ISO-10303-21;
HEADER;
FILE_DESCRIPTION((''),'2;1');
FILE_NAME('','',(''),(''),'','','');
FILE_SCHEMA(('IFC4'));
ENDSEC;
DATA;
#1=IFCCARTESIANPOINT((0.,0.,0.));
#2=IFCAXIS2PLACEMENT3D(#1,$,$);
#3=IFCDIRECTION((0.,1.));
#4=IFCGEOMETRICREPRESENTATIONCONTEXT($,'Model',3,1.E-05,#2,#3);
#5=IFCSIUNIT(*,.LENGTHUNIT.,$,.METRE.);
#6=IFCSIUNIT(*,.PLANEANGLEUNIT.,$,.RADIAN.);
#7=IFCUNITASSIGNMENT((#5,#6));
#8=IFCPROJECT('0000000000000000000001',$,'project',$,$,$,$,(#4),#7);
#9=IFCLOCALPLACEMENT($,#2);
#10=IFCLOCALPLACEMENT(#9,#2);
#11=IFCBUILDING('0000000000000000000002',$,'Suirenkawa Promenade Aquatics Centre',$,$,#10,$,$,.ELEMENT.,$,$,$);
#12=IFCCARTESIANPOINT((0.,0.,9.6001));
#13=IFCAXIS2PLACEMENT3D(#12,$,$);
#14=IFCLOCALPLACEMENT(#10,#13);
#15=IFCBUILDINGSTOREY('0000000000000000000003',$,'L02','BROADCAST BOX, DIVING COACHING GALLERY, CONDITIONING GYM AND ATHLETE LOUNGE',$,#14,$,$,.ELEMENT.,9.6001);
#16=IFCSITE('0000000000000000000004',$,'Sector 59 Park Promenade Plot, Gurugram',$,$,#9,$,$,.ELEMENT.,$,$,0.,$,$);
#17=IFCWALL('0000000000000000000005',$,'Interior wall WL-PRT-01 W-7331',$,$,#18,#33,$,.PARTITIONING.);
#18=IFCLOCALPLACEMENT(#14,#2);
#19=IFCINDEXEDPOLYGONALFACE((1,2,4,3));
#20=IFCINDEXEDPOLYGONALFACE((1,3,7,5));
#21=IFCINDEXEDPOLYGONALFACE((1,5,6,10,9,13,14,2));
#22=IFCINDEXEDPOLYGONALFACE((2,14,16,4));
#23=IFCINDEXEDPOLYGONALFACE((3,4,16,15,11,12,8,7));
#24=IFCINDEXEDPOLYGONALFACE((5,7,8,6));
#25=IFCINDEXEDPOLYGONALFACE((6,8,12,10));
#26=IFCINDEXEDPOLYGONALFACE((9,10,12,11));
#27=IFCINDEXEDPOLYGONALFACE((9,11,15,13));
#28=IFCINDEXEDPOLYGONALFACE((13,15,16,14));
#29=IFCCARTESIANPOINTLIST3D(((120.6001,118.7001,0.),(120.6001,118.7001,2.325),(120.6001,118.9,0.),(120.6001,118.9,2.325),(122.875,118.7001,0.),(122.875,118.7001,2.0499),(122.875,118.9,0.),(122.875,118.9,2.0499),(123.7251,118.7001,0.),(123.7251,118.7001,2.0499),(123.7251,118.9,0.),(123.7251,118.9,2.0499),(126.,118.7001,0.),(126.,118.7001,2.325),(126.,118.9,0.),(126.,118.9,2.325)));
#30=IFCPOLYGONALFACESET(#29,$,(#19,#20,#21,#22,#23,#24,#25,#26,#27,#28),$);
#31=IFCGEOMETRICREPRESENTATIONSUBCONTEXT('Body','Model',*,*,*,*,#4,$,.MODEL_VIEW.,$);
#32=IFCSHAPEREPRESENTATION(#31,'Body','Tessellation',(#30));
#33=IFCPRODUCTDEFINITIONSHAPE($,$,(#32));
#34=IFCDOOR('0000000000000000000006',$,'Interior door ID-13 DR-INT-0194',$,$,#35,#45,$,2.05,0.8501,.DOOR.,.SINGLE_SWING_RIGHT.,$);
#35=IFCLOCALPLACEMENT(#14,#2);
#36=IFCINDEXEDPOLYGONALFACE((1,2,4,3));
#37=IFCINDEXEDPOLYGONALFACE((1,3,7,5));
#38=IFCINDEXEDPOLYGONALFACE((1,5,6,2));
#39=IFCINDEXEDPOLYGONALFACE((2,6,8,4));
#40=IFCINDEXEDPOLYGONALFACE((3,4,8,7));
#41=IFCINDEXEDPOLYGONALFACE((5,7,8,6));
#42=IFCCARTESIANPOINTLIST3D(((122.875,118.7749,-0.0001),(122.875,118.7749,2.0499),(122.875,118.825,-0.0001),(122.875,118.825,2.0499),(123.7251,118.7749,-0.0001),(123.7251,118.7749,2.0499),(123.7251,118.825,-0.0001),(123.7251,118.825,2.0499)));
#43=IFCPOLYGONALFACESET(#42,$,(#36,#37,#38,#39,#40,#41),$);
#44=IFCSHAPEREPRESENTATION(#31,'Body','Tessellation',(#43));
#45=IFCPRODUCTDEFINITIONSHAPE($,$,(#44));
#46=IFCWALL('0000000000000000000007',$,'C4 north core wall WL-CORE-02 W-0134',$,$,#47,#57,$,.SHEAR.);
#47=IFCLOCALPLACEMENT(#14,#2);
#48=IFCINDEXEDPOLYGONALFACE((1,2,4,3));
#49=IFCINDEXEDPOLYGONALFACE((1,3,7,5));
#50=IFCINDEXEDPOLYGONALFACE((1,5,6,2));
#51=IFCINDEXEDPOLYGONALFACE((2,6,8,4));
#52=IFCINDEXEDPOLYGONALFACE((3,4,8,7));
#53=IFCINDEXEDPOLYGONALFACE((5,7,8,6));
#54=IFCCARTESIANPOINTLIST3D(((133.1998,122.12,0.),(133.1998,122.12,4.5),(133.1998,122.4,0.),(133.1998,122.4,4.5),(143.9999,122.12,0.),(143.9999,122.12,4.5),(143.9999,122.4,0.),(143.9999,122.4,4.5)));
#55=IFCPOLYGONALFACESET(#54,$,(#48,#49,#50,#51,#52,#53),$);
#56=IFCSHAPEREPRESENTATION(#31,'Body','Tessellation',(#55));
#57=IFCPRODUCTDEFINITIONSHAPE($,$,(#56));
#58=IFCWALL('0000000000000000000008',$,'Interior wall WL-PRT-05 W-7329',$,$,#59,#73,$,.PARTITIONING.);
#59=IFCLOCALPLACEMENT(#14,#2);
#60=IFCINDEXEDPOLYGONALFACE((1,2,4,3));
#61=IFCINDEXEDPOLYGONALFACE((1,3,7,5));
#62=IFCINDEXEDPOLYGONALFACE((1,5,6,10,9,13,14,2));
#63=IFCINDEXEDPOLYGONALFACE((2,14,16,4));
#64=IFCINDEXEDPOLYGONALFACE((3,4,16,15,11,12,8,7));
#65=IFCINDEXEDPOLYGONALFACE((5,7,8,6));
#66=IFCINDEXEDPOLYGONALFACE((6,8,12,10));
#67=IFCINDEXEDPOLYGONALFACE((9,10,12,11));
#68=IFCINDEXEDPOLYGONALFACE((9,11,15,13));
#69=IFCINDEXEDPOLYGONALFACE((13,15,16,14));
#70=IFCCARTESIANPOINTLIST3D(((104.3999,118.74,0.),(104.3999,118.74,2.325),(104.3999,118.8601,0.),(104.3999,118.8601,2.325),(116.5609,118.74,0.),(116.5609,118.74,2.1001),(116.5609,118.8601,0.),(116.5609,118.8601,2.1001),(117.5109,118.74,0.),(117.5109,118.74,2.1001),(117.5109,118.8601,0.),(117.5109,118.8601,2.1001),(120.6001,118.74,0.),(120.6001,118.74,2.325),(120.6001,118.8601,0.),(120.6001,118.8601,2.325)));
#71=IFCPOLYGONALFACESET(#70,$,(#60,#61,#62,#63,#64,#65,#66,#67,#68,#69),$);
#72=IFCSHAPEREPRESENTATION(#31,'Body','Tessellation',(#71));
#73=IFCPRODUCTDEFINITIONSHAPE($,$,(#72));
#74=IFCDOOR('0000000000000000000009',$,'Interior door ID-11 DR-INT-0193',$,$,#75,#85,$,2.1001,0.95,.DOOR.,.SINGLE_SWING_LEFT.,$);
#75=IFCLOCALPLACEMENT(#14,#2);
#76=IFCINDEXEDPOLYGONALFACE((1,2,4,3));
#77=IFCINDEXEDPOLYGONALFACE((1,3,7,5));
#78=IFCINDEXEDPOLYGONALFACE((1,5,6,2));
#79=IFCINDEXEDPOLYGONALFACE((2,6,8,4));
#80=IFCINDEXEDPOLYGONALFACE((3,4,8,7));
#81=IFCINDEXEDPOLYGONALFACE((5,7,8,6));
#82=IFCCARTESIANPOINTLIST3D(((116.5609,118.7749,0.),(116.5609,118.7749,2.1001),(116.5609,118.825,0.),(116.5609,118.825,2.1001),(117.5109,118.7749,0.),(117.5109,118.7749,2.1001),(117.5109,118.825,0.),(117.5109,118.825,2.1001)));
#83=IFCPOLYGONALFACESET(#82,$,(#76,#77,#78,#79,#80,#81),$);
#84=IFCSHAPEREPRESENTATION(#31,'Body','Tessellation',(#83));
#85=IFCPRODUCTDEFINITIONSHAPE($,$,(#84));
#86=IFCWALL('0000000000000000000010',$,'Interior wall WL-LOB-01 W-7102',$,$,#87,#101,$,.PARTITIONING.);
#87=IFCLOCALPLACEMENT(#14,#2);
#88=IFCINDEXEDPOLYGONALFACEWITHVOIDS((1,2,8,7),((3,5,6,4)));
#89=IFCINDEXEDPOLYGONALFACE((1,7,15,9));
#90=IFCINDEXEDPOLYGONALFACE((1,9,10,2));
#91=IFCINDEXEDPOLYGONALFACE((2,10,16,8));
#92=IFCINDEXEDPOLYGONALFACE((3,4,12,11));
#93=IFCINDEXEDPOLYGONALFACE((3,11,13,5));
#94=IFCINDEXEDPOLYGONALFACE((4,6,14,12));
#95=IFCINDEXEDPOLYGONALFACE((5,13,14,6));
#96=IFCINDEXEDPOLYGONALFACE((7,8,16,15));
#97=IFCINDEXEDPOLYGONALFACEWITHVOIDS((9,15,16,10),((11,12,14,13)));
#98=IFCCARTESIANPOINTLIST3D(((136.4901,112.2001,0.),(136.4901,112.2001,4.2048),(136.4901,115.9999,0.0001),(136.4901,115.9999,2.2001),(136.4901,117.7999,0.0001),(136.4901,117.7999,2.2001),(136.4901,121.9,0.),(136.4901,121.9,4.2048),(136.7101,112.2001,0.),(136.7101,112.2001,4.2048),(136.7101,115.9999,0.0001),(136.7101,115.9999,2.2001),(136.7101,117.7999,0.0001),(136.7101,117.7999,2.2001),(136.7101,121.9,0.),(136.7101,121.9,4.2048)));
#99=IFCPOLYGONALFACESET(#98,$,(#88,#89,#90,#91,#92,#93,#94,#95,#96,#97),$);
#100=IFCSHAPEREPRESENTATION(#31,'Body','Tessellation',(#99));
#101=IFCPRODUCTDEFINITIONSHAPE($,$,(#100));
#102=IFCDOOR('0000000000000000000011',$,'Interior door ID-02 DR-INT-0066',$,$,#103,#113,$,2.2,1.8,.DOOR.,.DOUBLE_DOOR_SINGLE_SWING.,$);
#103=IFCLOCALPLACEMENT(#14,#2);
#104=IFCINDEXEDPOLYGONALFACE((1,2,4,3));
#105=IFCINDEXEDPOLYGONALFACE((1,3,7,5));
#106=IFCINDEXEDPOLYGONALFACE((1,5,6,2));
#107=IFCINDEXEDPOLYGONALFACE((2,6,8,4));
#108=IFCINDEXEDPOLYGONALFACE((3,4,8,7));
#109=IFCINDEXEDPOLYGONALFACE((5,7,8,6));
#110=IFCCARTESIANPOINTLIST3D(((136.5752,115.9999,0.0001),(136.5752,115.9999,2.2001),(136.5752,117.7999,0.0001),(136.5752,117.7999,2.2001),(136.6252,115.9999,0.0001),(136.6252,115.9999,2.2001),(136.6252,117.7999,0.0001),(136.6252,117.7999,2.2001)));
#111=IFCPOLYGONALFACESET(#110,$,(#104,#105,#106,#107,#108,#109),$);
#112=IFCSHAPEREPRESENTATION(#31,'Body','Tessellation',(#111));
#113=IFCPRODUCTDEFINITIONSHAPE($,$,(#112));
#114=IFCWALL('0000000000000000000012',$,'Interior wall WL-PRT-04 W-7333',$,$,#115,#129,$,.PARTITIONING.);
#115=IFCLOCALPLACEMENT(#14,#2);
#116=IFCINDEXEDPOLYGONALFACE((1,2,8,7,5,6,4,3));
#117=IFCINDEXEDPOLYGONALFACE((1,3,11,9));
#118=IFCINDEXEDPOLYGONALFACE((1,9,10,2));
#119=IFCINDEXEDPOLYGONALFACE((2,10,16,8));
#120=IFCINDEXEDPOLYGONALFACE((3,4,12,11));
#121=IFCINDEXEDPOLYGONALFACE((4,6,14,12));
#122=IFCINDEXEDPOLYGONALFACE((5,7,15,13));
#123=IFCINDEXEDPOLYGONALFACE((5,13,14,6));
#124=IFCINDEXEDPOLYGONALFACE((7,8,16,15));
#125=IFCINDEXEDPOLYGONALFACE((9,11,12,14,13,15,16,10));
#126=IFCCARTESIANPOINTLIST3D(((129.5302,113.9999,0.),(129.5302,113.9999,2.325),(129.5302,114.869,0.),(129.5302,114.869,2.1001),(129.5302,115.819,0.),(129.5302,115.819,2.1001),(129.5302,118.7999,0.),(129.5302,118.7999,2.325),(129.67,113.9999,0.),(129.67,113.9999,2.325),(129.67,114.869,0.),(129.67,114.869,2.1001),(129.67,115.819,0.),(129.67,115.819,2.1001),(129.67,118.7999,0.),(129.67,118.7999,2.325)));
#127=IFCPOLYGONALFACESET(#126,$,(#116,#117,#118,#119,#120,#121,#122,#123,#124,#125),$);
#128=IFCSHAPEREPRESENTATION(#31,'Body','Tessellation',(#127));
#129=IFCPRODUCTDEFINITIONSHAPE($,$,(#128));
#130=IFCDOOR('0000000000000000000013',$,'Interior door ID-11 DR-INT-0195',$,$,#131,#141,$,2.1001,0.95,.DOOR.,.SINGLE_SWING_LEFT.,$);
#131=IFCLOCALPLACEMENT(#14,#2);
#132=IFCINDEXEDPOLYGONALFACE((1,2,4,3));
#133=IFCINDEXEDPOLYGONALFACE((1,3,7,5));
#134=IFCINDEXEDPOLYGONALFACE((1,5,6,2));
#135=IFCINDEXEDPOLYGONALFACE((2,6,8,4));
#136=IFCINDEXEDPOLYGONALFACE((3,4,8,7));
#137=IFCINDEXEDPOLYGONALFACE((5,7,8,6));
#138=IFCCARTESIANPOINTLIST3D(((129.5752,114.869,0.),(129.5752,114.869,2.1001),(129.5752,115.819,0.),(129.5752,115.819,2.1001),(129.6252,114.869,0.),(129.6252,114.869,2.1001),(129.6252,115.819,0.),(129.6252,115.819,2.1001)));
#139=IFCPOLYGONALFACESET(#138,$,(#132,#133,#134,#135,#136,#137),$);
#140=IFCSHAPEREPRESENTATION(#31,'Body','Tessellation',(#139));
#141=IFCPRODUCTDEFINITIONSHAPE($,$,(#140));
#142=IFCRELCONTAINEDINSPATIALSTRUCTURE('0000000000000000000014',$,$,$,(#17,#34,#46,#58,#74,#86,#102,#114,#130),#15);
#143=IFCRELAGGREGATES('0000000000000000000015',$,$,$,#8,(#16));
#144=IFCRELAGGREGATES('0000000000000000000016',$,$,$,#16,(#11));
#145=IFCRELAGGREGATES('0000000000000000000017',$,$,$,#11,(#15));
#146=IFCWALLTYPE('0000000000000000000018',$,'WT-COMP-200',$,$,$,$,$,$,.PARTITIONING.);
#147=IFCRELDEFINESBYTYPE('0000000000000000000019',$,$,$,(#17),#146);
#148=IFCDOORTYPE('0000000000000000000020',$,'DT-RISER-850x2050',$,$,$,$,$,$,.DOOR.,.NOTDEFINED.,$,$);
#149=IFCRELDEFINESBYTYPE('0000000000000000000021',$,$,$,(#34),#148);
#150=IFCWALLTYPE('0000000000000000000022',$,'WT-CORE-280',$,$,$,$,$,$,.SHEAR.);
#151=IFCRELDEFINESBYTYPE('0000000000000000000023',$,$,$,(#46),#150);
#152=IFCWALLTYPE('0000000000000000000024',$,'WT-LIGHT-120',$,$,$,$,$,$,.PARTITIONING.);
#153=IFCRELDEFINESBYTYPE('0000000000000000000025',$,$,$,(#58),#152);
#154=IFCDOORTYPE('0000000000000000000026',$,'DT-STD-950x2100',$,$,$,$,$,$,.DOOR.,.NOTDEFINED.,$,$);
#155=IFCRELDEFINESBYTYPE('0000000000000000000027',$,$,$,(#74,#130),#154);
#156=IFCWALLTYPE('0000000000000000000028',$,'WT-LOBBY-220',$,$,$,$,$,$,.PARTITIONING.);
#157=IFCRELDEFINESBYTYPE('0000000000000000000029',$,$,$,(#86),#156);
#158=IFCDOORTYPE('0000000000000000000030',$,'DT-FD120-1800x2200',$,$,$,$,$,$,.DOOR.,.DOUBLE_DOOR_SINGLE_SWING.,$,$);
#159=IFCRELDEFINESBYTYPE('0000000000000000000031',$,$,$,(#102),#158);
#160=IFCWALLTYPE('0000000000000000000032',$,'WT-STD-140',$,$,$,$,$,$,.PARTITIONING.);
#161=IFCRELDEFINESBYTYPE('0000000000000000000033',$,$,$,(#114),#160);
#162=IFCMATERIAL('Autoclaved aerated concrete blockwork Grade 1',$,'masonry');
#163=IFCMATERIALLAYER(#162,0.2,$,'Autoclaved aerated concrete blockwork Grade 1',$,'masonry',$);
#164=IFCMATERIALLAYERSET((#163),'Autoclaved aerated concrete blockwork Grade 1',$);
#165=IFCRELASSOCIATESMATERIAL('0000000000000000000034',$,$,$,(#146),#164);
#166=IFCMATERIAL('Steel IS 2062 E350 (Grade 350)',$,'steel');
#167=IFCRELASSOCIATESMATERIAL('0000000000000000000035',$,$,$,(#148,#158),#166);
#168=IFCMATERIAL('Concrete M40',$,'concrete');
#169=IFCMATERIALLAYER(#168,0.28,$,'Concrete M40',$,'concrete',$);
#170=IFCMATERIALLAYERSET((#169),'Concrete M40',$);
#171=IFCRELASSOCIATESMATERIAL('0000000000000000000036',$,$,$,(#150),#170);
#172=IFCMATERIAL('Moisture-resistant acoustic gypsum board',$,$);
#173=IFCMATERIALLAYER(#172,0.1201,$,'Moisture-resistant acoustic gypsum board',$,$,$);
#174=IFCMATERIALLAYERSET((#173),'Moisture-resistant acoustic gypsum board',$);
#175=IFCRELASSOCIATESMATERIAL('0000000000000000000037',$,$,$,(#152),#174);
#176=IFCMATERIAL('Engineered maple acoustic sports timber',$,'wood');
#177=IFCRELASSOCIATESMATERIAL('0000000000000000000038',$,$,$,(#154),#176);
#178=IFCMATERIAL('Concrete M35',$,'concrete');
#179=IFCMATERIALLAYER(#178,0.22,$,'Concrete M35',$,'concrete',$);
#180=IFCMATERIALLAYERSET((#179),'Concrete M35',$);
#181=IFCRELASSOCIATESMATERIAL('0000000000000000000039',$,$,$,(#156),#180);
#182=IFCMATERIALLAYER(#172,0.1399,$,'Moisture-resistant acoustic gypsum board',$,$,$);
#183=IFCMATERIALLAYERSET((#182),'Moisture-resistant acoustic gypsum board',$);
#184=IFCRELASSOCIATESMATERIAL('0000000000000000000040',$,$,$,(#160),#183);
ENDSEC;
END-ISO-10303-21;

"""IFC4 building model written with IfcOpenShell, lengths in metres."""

from ifc_helpers import new_model, si_unit, direction, frame, frame_2d, origin, place, context, subcontext, project, spatial, rectangle, extrude, material, layer, layer_set, type_object, element, fill, save


model = new_model("IFC4")

# Units and contexts
model_context = context("Model", 3, precision=1e-05, world=origin(), true_north=direction((0.0, 1.0)))
body_context = subcontext(model_context, "Body", "Model", "MODEL_VIEW")
ifc_project = project(units=[si_unit("LENGTHUNIT", "METRE"), si_unit("PLANEANGLEUNIT", "RADIAN")], contexts=[model_context])

# Site, building, storey
site_placement = place(None, origin())
site = spatial("IfcSite", under=ifc_project, at=site_placement, Name="Sector 59 Park Promenade Plot, Gurugram", CompositionType="ELEMENT", RefElevation=0.0)
building_placement = place(site_placement, origin())
building = spatial("IfcBuilding", under=site, at=building_placement, Name="Suirenkawa Promenade Aquatics Centre", CompositionType="ELEMENT")
storey_placement = place(building_placement, frame((0.0, 0.0, 9.6001)))
storey = spatial("IfcBuildingStorey", under=building, at=storey_placement, Name="L02", Description="BROADCAST BOX, DIVING COACHING GALLERY, CONDITIONING GYM AND ATHLETE LOUNGE", CompositionType="ELEMENT", Elevation=9.6001)

# Wall, opening, door
ifc_material_1 = material(Name="Autoclaved aerated concrete blockwork Grade 1", Category="masonry")
ifc_layer_1 = layer(ifc_material_1, 0.2, Name="Autoclaved aerated concrete blockwork Grade 1", Category="masonry")
ifc_layer_set_1 = layer_set([ifc_layer_1], Name="Autoclaved aerated concrete blockwork Grade 1")
wall_type_1 = type_object("IfcWallType", Name="WT-COMP-200", PredefinedType="PARTITIONING", material=ifc_layer_set_1)
wall_1_placement = place(storey_placement, frame((120.6001, 118.8, 0.0), z_axis=(0.0, 0.0, 1.0), x_axis=(1.0, 0.0, 0.0)))
wall_1 = element("IfcWall", 1, at=wall_1_placement, inside=storey, type_object=wall_type_1, Name="Interior wall WL-PRT-01 W-7331", PredefinedType="PARTITIONING", context=body_context, shape_type="SweptSolid", body=[
    extrude(rectangle(XDim=5.3999, YDim=0.2, at=frame_2d((2.7, 0.0))), origin(), (0.0, 0.0, 1.0), 2.325),
])
opening_1_placement = place(wall_1_placement, frame((2.2749, 0.0, 0.0)))
opening_1 = element("IfcOpeningElement", 2, at=opening_1_placement, cuts=wall_1, PredefinedType="OPENING", context=body_context, shape_type="SweptSolid", body=[
    extrude(rectangle(XDim=0.8501, YDim=2.05, at=frame_2d((0.425, 1.0249))), frame((0.0, 0.1099, 0.0), z_axis=(0.0, -1.0, 0.0), x_axis=(1.0, 0.0, 0.0)), (0.0, 0.0, 1.0), 0.22),
])
ifc_material_2 = material(Name="Steel IS 2062 E350 (Grade 350)", Category="steel")
door_type_1 = type_object("IfcDoorType", Name="DT-RISER-850x2050", OperationType="NOTDEFINED", PredefinedType="DOOR", material=ifc_material_2)
door_1_placement = place(opening_1_placement, origin())
door_1 = element("IfcDoor", 3, at=door_1_placement, inside=storey, type_object=door_type_1, Name="Interior door ID-13 DR-INT-0194", OperationType="SINGLE_SWING_RIGHT", OverallHeight=2.05, OverallWidth=0.8501, PredefinedType="DOOR", context=body_context, shape_type="SweptSolid", body=[
    extrude(rectangle(XDim=0.8501, YDim=2.05, at=frame_2d((0.425, 1.0249))), frame((0.0, 0.0249, 0.0), z_axis=(0.0, -1.0, 0.0), x_axis=(1.0, 0.0, 0.0)), (0.0, 0.0, 1.0), 0.05),
])
fill(opening_1, door_1)

# Wall
ifc_material_3 = material(Name="Concrete M40", Category="concrete")
ifc_layer_2 = layer(ifc_material_3, 0.28, Name="Concrete M40", Category="concrete")
ifc_layer_set_2 = layer_set([ifc_layer_2], Name="Concrete M40")
wall_type_2 = type_object("IfcWallType", Name="WT-CORE-280", PredefinedType="SHEAR", material=ifc_layer_set_2)
wall_2_placement = place(storey_placement, frame((133.2, 122.26, 0.0), z_axis=(0.0, 0.0, 1.0), x_axis=(1.0, 0.0, 0.0)))
element("IfcWall", 4, at=wall_2_placement, inside=storey, type_object=wall_type_2, Name="C4 north core wall WL-CORE-02 W-0134", PredefinedType="SHEAR", context=body_context, shape_type="SweptSolid", body=[
    extrude(rectangle(XDim=10.8, YDim=0.28, at=frame_2d((5.3999, 0.0))), origin(), (0.0, 0.0, 1.0), 4.5),
])

# Walls, openings, doors
ifc_material_4 = material(Name="Moisture-resistant acoustic gypsum board")
ifc_layer_3 = layer(ifc_material_4, 0.1201, Name="Moisture-resistant acoustic gypsum board")
ifc_layer_set_3 = layer_set([ifc_layer_3], Name="Moisture-resistant acoustic gypsum board")
wall_type_3 = type_object("IfcWallType", Name="WT-LIGHT-120", PredefinedType="PARTITIONING", material=ifc_layer_set_3)
wall_3_placement = place(storey_placement, frame((104.3999, 118.8, 0.0), z_axis=(0.0, 0.0, 1.0), x_axis=(1.0, 0.0, 0.0)))
wall_3 = element("IfcWall", 5, at=wall_3_placement, inside=storey, type_object=wall_type_3, Name="Interior wall WL-PRT-05 W-7329", PredefinedType="PARTITIONING", context=body_context, shape_type="SweptSolid", body=[
    extrude(rectangle(XDim=16.2002, YDim=0.1201, at=frame_2d((8.1001, 0.0))), origin(), (0.0, 0.0, 1.0), 2.325),
])
opening_2_placement = place(wall_3_placement, frame((12.1609, 0.0, 0.0)))
opening_2 = element("IfcOpeningElement", 6, at=opening_2_placement, cuts=wall_3, PredefinedType="OPENING", context=body_context, shape_type="SweptSolid", body=[
    extrude(rectangle(XDim=0.95, YDim=2.1001, at=frame_2d((0.4751, 1.05))), frame((0.0, 0.0701, 0.0), z_axis=(0.0, -1.0, 0.0), x_axis=(1.0, 0.0, 0.0)), (0.0, 0.0, 1.0), 0.1401),
])
ifc_material_5 = material(Name="Engineered maple acoustic sports timber", Category="wood")
door_type_2 = type_object("IfcDoorType", Name="DT-STD-950x2100", OperationType="NOTDEFINED", PredefinedType="DOOR", material=ifc_material_5)
door_2_placement = place(opening_2_placement, origin())
door_2 = element("IfcDoor", 7, at=door_2_placement, inside=storey, type_object=door_type_2, Name="Interior door ID-11 DR-INT-0193", OperationType="SINGLE_SWING_LEFT", OverallHeight=2.1001, OverallWidth=0.95, PredefinedType="DOOR", context=body_context, shape_type="SweptSolid", body=[
    extrude(rectangle(XDim=0.95, YDim=2.1001, at=frame_2d((0.4751, 1.05))), frame((0.0, 0.0249, 0.0), z_axis=(0.0, -1.0, 0.0), x_axis=(1.0, 0.0, 0.0)), (0.0, 0.0, 1.0), 0.05),
])
fill(opening_2, door_2)
ifc_material_6 = material(Name="Concrete M35", Category="concrete")
ifc_layer_4 = layer(ifc_material_6, 0.22, Name="Concrete M35", Category="concrete")
ifc_layer_set_4 = layer_set([ifc_layer_4], Name="Concrete M35")
wall_type_4 = type_object("IfcWallType", Name="WT-LOBBY-220", PredefinedType="PARTITIONING", material=ifc_layer_set_4)
wall_4_placement = place(storey_placement, frame((136.6001, 112.2, 0.0), z_axis=(0.0, 0.0, 1.0), x_axis=(0.0, 1.0, 0.0)))
wall_4 = element("IfcWall", 8, at=wall_4_placement, inside=storey, type_object=wall_type_4, Name="Interior wall WL-LOB-01 W-7102", PredefinedType="PARTITIONING", context=body_context, shape_type="SweptSolid", body=[
    extrude(rectangle(XDim=9.7, YDim=0.22, at=frame_2d((4.8501, 0.0))), origin(), (0.0, 0.0, 1.0), 4.2048),
])
opening_3_placement = place(wall_4_placement, frame((3.8, 0.0, 0.0)))
opening_3 = element("IfcOpeningElement", 9, at=opening_3_placement, cuts=wall_4, PredefinedType="OPENING", context=body_context, shape_type="SweptSolid", body=[
    extrude(rectangle(XDim=1.8, YDim=2.2, at=frame_2d((0.8999, 1.1001))), frame((0.0, 0.1199, 0.0), z_axis=(0.0, -1.0, 0.0), x_axis=(1.0, 0.0, 0.0)), (0.0, 0.0, 1.0), 0.24),
])
door_type_3 = type_object("IfcDoorType", Name="DT-FD120-1800x2200", OperationType="DOUBLE_DOOR_SINGLE_SWING", PredefinedType="DOOR", material=ifc_material_2)
door_3_placement = place(opening_3_placement, origin())
door_3 = element("IfcDoor", 10, at=door_3_placement, inside=storey, type_object=door_type_3, Name="Interior door ID-02 DR-INT-0066", OperationType="DOUBLE_DOOR_SINGLE_SWING", OverallHeight=2.2, OverallWidth=1.8, PredefinedType="DOOR", context=body_context, shape_type="SweptSolid", body=[
    extrude(rectangle(XDim=1.8, YDim=2.2, at=frame_2d((0.8999, 1.1001))), frame((0.0, 0.0249, 0.0), z_axis=(0.0, -1.0, 0.0), x_axis=(1.0, 0.0, 0.0)), (0.0, 0.0, 1.0), 0.05),
])
fill(opening_3, door_3)
ifc_layer_5 = layer(ifc_material_4, 0.1399, Name="Moisture-resistant acoustic gypsum board")
ifc_layer_set_5 = layer_set([ifc_layer_5], Name="Moisture-resistant acoustic gypsum board")
wall_type_5 = type_object("IfcWallType", Name="WT-STD-140", PredefinedType="PARTITIONING", material=ifc_layer_set_5)
wall_5_placement = place(storey_placement, frame((129.6001, 114.0, 0.0), z_axis=(0.0, 0.0, 1.0), x_axis=(0.0, 1.0, 0.0)))
wall_5 = element("IfcWall", 11, at=wall_5_placement, inside=storey, type_object=wall_type_5, Name="Interior wall WL-PRT-04 W-7333", PredefinedType="PARTITIONING", context=body_context, shape_type="SweptSolid", body=[
    extrude(rectangle(XDim=4.8, YDim=0.1399, at=frame_2d((2.3999, 0.0))), origin(), (0.0, 0.0, 1.0), 2.325),
])
opening_4_placement = place(wall_5_placement, frame((0.8689, 0.0, 0.0)))
opening_4 = element("IfcOpeningElement", 12, at=opening_4_placement, cuts=wall_5, PredefinedType="OPENING", context=body_context, shape_type="SweptSolid", body=[
    extrude(rectangle(XDim=0.95, YDim=2.1001, at=frame_2d((0.4751, 1.05))), frame((0.0, 0.0798, 0.0), z_axis=(0.0, -1.0, 0.0), x_axis=(1.0, 0.0, 0.0)), (0.0, 0.0, 1.0), 0.1599),
])
door_4_placement = place(opening_4_placement, origin())
door_4 = element("IfcDoor", 13, at=door_4_placement, inside=storey, type_object=door_type_2, Name="Interior door ID-11 DR-INT-0195", OperationType="SINGLE_SWING_LEFT", OverallHeight=2.1001, OverallWidth=0.95, PredefinedType="DOOR", context=body_context, shape_type="SweptSolid", body=[
    extrude(rectangle(XDim=0.95, YDim=2.1001, at=frame_2d((0.4751, 1.05))), frame((0.0, 0.0249, 0.0), z_axis=(0.0, -1.0, 0.0), x_axis=(1.0, 0.0, 0.0)), (0.0, 0.0, 1.0), 0.05),
])
fill(opening_4, door_4)

save(model, "model.ifc")
